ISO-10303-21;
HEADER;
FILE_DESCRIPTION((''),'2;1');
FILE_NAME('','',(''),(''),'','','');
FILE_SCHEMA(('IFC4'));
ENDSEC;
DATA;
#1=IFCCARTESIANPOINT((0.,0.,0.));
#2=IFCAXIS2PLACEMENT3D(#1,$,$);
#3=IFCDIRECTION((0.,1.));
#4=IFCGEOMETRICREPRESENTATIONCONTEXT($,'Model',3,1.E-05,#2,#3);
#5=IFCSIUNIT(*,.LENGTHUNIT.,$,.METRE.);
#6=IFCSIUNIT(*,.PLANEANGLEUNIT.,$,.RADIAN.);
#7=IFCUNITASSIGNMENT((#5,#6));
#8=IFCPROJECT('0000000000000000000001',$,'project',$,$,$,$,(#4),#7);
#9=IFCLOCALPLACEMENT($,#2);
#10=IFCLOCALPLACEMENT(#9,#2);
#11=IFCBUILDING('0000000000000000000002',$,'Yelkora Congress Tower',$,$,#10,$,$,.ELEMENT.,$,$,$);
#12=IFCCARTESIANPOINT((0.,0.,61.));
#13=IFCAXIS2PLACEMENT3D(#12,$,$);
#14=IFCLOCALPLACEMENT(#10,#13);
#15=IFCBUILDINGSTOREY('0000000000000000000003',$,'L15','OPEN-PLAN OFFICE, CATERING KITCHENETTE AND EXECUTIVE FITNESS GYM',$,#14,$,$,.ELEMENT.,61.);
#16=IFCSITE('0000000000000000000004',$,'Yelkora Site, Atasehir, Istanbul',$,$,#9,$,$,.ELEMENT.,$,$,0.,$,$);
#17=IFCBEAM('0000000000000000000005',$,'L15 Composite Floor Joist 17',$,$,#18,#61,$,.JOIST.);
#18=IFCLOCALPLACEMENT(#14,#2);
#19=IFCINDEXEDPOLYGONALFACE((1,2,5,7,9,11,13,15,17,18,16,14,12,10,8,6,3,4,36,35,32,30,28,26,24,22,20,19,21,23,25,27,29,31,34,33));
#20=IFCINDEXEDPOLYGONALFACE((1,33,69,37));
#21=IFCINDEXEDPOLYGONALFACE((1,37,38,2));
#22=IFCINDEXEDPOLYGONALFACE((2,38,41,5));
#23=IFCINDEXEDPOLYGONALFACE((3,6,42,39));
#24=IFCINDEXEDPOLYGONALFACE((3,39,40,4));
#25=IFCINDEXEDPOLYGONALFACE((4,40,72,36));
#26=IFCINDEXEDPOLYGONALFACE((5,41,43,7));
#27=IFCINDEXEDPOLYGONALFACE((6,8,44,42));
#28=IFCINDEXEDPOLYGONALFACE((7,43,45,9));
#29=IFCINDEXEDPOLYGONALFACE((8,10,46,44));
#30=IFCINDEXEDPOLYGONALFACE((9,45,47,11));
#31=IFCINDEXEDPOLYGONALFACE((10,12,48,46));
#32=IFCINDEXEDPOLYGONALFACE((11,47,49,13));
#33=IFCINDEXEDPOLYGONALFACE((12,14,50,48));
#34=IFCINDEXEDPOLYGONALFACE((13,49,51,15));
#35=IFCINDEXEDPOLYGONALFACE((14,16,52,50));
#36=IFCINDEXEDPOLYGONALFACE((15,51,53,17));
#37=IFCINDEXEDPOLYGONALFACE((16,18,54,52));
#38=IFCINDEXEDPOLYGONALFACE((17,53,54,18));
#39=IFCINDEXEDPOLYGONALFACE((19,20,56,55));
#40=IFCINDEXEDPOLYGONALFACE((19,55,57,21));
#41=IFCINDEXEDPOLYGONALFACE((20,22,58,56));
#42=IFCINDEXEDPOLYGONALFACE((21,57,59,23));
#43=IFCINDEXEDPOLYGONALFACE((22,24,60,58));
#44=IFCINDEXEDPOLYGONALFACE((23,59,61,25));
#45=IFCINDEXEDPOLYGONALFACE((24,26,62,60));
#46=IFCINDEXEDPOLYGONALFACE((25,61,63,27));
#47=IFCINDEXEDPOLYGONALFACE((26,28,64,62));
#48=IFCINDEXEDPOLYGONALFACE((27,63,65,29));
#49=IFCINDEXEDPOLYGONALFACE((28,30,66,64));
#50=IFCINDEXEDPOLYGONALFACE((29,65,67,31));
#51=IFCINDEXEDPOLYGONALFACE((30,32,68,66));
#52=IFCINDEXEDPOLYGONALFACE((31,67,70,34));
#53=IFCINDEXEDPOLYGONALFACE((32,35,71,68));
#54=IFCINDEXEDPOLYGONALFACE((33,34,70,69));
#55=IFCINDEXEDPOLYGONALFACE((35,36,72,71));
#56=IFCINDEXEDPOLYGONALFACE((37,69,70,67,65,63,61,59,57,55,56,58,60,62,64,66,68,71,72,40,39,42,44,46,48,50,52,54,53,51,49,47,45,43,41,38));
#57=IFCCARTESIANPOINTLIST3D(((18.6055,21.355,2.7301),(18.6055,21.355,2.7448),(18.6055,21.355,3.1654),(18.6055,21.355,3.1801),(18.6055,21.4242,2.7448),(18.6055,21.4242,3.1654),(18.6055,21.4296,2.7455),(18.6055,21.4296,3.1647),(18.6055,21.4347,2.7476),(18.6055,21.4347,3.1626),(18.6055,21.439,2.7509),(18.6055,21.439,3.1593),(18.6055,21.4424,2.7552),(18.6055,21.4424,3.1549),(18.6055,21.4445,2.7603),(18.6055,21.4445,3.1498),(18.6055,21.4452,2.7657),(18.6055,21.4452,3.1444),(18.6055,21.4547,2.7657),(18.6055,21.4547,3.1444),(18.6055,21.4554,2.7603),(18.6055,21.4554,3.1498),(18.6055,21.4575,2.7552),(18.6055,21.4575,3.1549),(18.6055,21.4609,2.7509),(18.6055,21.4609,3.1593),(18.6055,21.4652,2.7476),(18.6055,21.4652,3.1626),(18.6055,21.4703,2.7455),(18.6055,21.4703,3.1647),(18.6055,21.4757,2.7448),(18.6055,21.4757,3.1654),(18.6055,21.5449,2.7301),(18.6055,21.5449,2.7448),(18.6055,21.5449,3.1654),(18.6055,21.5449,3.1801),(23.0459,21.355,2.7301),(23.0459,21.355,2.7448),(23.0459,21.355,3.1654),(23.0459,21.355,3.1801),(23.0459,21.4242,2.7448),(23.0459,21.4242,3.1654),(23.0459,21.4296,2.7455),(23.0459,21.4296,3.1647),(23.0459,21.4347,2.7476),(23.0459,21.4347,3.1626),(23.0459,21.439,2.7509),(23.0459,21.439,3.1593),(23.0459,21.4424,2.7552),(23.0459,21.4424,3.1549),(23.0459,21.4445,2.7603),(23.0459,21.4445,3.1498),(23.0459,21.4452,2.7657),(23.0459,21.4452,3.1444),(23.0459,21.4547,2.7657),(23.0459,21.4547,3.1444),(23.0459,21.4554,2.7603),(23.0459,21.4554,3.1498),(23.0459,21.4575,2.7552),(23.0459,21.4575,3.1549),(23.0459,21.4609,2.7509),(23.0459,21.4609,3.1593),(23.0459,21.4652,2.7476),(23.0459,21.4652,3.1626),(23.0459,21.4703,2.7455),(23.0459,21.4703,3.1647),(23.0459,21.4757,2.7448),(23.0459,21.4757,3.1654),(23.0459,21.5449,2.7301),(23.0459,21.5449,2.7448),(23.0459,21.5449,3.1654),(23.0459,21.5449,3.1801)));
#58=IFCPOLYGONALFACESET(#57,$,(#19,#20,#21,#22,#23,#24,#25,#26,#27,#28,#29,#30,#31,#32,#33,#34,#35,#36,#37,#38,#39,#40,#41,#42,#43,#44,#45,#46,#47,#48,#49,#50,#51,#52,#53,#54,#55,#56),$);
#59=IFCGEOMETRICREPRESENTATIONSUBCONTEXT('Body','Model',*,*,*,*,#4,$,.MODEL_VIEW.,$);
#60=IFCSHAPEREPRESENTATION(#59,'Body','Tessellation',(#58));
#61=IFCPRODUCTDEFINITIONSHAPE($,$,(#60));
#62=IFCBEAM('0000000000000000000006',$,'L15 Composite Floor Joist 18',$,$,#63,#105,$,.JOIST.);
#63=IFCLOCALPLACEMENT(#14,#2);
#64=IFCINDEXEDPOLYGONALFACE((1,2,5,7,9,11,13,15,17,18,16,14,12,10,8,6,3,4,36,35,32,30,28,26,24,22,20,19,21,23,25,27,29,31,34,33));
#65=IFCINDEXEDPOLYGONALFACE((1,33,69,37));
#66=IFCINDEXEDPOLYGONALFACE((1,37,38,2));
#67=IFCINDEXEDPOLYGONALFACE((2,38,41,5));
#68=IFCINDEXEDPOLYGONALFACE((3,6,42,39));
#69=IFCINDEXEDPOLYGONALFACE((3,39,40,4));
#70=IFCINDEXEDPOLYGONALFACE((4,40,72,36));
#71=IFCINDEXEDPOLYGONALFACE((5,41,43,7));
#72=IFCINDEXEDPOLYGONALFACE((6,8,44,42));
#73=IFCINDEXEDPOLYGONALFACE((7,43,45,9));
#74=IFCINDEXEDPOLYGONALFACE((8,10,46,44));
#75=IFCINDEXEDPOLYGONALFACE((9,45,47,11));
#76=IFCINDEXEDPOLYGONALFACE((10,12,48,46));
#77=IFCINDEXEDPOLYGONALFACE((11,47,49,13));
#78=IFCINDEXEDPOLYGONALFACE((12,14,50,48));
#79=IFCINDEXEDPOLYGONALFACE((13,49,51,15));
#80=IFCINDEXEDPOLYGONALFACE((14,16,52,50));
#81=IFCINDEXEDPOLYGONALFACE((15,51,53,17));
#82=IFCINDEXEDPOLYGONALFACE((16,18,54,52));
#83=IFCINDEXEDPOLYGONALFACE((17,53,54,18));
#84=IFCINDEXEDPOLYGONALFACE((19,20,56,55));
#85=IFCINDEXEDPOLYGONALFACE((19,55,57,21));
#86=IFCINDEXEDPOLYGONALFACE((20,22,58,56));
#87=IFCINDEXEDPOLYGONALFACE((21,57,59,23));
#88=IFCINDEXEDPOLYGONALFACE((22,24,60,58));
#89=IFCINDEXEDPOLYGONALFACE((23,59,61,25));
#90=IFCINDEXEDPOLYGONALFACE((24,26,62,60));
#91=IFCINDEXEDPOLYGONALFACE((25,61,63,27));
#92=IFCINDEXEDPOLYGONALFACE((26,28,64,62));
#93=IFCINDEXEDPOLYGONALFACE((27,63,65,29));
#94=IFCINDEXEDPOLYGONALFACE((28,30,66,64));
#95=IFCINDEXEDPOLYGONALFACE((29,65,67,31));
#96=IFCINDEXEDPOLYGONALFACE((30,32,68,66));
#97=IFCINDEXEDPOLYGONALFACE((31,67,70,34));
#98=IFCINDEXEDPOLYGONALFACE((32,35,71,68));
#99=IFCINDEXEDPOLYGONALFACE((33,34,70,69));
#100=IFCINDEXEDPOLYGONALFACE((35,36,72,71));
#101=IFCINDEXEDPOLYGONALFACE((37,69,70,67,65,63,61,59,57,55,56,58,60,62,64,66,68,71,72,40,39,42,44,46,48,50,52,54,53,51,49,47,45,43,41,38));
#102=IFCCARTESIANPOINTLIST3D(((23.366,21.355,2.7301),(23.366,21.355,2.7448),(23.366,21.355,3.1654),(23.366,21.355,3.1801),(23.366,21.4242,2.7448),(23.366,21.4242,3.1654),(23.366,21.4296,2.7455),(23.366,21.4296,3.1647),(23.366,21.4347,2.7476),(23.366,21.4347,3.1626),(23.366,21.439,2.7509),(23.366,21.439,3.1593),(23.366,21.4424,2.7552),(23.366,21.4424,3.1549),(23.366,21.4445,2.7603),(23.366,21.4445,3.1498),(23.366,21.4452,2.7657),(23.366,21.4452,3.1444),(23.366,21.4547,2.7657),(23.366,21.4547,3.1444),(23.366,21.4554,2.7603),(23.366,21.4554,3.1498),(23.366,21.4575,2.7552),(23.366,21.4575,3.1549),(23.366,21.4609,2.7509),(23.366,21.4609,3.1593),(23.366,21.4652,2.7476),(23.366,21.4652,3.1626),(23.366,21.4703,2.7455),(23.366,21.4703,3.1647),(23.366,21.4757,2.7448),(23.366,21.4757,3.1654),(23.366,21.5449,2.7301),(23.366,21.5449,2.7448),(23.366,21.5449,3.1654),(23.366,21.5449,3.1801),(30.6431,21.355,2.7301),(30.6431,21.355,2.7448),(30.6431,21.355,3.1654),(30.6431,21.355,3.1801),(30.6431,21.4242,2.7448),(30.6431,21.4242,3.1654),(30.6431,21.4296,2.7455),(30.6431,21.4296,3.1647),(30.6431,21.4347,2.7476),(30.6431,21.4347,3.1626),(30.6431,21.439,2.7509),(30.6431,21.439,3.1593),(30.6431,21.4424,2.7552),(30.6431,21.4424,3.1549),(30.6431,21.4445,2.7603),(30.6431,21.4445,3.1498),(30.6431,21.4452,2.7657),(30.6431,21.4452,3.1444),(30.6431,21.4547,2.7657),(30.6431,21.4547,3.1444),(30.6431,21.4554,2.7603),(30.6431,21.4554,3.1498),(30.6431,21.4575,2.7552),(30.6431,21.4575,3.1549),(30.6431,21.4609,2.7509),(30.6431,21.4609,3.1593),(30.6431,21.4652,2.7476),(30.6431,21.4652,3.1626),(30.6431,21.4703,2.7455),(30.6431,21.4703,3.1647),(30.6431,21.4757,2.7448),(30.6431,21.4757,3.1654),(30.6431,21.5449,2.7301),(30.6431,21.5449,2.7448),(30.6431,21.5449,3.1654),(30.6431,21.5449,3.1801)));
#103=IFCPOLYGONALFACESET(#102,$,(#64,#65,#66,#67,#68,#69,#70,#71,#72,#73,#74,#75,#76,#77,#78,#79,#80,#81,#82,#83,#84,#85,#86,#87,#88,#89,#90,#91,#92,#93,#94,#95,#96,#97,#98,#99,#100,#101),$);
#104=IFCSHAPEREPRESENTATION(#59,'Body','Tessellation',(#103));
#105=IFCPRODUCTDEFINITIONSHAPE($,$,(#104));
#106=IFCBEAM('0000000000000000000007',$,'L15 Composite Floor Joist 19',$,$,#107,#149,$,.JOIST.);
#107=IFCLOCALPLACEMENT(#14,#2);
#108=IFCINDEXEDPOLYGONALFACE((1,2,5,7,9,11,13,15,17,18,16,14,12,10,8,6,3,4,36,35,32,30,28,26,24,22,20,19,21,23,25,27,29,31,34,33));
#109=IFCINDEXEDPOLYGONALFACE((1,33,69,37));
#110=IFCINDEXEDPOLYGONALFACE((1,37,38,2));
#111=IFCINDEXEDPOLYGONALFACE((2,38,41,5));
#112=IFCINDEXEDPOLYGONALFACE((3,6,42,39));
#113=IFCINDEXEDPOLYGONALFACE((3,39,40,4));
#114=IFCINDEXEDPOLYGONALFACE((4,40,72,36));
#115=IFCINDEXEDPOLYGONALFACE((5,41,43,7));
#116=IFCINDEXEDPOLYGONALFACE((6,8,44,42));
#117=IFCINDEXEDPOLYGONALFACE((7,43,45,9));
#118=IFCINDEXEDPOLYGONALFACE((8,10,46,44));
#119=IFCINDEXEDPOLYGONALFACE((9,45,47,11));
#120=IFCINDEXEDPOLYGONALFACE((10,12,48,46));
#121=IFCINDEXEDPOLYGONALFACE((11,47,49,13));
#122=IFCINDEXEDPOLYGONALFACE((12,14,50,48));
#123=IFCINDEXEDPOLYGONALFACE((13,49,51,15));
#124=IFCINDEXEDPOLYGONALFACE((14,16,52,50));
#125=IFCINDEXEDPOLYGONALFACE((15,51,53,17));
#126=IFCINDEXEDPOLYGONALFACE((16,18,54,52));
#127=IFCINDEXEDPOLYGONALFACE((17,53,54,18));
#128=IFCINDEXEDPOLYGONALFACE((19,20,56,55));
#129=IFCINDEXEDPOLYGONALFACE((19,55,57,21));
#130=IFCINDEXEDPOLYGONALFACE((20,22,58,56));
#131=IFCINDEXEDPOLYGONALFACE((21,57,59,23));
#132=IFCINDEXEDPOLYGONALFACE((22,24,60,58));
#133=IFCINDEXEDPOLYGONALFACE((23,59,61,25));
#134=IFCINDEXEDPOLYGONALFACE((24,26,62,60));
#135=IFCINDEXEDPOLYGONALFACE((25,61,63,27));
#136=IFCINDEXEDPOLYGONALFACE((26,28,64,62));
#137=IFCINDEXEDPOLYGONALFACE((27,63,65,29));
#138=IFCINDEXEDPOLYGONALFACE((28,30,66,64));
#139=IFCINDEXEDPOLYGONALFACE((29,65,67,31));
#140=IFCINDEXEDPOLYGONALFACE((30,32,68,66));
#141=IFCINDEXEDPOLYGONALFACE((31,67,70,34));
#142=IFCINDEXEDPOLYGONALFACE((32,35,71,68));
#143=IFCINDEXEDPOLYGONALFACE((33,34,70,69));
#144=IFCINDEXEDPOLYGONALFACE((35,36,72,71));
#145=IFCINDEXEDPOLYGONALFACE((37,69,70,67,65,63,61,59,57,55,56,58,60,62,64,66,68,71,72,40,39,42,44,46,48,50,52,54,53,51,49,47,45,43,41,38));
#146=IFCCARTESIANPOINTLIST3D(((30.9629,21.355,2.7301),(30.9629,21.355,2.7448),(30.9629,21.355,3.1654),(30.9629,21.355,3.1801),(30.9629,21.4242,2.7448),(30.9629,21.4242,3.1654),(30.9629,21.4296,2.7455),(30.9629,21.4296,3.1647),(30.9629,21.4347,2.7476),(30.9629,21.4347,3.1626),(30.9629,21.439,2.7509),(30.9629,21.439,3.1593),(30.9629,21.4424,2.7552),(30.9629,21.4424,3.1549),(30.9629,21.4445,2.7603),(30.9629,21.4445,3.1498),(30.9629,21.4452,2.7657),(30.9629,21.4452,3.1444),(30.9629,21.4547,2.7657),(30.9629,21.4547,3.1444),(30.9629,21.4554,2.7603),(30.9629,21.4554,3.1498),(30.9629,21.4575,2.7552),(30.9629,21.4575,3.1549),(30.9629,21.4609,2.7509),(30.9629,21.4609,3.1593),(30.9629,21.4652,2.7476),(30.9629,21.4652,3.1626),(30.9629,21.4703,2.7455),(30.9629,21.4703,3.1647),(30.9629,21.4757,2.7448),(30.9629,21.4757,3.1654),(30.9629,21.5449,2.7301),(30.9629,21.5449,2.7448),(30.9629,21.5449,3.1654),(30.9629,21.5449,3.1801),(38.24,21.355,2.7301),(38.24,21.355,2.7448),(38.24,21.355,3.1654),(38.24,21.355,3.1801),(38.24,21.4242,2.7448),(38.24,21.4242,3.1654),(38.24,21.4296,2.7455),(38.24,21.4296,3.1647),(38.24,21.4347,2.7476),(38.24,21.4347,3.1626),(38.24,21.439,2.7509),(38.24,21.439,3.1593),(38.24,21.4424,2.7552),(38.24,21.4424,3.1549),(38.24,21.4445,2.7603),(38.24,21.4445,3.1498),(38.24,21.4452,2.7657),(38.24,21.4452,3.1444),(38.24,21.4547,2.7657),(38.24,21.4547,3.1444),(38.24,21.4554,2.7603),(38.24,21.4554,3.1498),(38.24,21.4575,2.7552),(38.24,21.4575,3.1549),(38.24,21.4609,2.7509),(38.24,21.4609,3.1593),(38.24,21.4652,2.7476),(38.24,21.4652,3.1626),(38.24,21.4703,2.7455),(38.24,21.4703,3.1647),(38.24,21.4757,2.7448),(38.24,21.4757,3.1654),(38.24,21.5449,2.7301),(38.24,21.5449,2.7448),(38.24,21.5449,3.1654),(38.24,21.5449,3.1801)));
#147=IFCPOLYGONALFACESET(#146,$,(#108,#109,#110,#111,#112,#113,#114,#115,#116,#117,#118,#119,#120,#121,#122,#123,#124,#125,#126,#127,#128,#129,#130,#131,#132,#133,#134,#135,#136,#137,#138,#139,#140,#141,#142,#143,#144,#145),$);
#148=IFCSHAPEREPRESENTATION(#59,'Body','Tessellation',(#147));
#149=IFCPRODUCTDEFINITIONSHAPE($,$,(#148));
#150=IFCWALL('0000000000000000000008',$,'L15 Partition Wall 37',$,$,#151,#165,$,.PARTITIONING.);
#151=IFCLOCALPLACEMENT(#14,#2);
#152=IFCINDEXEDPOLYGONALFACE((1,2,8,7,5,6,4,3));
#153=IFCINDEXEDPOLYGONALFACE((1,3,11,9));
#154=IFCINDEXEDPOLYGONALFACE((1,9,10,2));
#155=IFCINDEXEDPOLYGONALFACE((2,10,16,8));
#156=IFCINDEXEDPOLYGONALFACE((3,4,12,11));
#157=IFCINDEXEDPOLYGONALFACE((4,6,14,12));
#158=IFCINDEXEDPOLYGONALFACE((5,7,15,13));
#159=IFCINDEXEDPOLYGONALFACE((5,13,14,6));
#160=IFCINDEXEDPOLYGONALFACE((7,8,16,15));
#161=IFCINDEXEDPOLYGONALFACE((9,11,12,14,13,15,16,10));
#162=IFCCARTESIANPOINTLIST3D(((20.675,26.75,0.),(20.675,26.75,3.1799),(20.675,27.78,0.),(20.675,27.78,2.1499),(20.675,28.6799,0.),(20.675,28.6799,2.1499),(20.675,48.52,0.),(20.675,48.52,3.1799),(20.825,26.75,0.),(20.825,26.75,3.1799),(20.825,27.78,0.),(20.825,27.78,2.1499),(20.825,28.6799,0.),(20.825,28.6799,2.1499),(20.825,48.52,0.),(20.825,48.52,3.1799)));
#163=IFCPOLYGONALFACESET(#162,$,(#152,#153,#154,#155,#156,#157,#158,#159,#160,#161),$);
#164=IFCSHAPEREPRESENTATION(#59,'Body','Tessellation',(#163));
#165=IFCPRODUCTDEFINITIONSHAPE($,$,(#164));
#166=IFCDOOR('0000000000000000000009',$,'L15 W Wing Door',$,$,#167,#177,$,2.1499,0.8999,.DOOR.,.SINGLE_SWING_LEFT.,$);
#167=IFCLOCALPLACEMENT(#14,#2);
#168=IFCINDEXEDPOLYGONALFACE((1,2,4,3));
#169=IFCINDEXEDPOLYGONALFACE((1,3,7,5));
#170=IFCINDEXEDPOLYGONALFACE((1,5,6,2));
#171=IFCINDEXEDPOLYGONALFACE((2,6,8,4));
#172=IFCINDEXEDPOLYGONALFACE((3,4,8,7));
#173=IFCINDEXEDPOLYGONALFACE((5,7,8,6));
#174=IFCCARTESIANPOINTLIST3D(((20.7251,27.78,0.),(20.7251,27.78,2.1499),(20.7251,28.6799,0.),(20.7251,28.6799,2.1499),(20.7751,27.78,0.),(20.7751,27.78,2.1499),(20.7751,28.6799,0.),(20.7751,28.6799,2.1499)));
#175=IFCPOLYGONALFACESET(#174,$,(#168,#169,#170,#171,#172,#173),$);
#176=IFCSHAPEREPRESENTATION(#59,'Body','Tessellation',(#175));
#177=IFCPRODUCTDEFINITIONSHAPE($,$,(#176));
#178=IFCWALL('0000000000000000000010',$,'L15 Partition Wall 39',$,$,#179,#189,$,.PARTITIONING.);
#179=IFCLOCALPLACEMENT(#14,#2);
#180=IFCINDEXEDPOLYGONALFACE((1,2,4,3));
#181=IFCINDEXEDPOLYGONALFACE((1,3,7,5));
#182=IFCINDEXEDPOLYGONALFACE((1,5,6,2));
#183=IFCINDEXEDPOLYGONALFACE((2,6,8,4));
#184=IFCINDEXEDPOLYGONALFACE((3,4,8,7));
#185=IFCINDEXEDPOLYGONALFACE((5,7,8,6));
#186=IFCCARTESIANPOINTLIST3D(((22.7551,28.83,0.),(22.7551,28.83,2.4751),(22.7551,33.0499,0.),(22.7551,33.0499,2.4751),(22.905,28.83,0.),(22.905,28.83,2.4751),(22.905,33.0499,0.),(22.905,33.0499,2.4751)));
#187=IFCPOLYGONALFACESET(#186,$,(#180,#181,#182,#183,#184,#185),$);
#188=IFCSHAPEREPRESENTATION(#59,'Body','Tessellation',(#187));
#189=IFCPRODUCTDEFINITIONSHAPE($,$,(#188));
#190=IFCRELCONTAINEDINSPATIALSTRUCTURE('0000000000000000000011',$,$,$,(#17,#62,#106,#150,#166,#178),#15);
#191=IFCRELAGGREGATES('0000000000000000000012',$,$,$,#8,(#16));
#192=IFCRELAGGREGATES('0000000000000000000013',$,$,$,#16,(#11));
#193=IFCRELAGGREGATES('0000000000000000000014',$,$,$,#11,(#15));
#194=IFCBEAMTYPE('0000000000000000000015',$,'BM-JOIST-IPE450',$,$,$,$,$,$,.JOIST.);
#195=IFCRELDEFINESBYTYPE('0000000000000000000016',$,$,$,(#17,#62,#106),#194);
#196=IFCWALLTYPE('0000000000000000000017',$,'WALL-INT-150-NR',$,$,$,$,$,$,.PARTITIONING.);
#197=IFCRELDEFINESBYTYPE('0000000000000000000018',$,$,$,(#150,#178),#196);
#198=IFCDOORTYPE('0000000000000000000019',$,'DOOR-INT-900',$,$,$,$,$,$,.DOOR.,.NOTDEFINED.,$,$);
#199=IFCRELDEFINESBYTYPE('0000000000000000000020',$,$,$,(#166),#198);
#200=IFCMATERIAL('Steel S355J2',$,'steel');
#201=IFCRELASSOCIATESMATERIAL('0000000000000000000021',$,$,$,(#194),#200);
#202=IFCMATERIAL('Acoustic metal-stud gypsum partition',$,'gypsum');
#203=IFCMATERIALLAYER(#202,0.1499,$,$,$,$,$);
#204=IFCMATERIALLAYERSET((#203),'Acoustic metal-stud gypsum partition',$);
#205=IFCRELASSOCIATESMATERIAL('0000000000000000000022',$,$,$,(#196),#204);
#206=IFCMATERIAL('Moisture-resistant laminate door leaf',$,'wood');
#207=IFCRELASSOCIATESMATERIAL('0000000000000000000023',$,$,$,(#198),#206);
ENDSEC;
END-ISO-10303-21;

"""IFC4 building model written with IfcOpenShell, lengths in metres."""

from ifc_helpers import new_model, si_unit, direction, frame, frame_2d, origin, origin_2d, place, context, subcontext, project, spatial, rectangle, i_section, extrude, material, layer, layer_set, material_profile, profile_set, type_object, element, fill, save


model = new_model("IFC4")

# Units and contexts
model_context = context("Model", 3, precision=1e-05, world=origin(), true_north=direction((0.0, 1.0)))
body_context = subcontext(model_context, "Body", "Model", "MODEL_VIEW")
ifc_project = project(units=[si_unit("LENGTHUNIT", "METRE"), si_unit("PLANEANGLEUNIT", "RADIAN")], contexts=[model_context])

# Site, building, storey
site_placement = place(None, origin())
site = spatial("IfcSite", under=ifc_project, at=site_placement, Name="Yelkora Site, Atasehir, Istanbul", CompositionType="ELEMENT", RefElevation=0.0)
building_placement = place(site_placement, origin())
building = spatial("IfcBuilding", under=site, at=building_placement, Name="Yelkora Congress Tower", CompositionType="ELEMENT")
storey_placement = place(building_placement, frame((0.0, 0.0, 61.0)))
storey = spatial("IfcBuildingStorey", under=building, at=storey_placement, Name="L15", Description="OPEN-PLAN OFFICE, CATERING KITCHENETTE AND EXECUTIVE FITNESS GYM", CompositionType="ELEMENT", Elevation=61.0)

# Beams
ifc_material_1 = material(Name="Steel S355J2", Category="steel")
ifc_material_profile_1 = material_profile(ifc_material_1, i_section(OverallWidth=0.1899, OverallDepth=0.45, WebThickness=0.0095, FlangeThickness=0.0146, FilletRadius=0.021, at=origin_2d()), Name="IPE 450")
ifc_profile_set_1 = profile_set([ifc_material_profile_1], Name="Steel S355J2")
beam_type_1 = type_object("IfcBeamType", Name="BM-JOIST-IPE450", PredefinedType="JOIST", material=ifc_profile_set_1)
beam_1_placement = place(storey_placement, frame((18.6055, 21.45, 2.9551), z_axis=(1.0, 0.0, 0.0), x_axis=(0.0, 1.0, 0.0)))
element("IfcBeam", 1, at=beam_1_placement, inside=storey, type_object=beam_type_1, Name="L15 Composite Floor Joist 17", PredefinedType="JOIST", context=body_context, shape_type="SweptSolid", body=[
    extrude(i_section(OverallWidth=0.1899, OverallDepth=0.45, WebThickness=0.0095, FlangeThickness=0.0146, FilletRadius=0.021, at=origin_2d()), origin(), (0.0, 0.0, 1.0), 4.4404),
])
for number, where, z_axis, x_axis, name in (
    (2, (23.366, 21.45, 2.9551), (1.0, 0.0, 0.0), (0.0, 1.0, 0.0), "L15 Composite Floor Joist 18"),
    (3, (30.9629, 21.45, 2.9551), (1.0, 0.0, 0.0), (0.0, 1.0, 0.0), "L15 Composite Floor Joist 19"),
):
    element("IfcBeam", number, at=place(storey_placement, frame(where, z_axis=z_axis, x_axis=x_axis)), inside=storey, type_object=beam_type_1, Name=name, PredefinedType="JOIST", context=body_context, shape_type="SweptSolid", body=[
        extrude(i_section(OverallWidth=0.1899, OverallDepth=0.45, WebThickness=0.0095, FlangeThickness=0.0146, FilletRadius=0.021, at=origin_2d()), origin(), (0.0, 0.0, 1.0), 7.2771),
    ])

# Wall, opening, door
ifc_material_2 = material(Name="Acoustic metal-stud gypsum partition", Category="gypsum")
ifc_layer = layer(ifc_material_2, 0.1499)
ifc_layer_set = layer_set([ifc_layer], Name="Acoustic metal-stud gypsum partition")
wall_type = type_object("IfcWallType", Name="WALL-INT-150-NR", PredefinedType="PARTITIONING", material=ifc_layer_set)
wall_1_placement = place(storey_placement, frame((20.75, 26.75, 0.0), z_axis=(0.0, 0.0, 1.0), x_axis=(0.0, 1.0, 0.0)))
wall_1 = element("IfcWall", 4, at=wall_1_placement, inside=storey, type_object=wall_type, Name="L15 Partition Wall 37", PredefinedType="PARTITIONING", context=body_context, shape_type="SweptSolid", body=[
    extrude(rectangle(XDim=21.77, YDim=0.1499, at=frame_2d((10.885, 0.0))), origin(), (0.0, 0.0, 1.0), 3.1799),
])
opening_1_placement = place(wall_1_placement, frame((1.03, 0.0, 0.0)))
opening_1 = element("IfcOpeningElement", 5, at=opening_1_placement, cuts=wall_1, PredefinedType="OPENING", context=body_context, shape_type="SweptSolid", body=[
    extrude(rectangle(XDim=0.8999, YDim=2.1499, at=frame_2d((0.45, 1.075))), frame((0.0, 0.085, 0.0), z_axis=(0.0, -1.0, 0.0), x_axis=(1.0, 0.0, 0.0)), (0.0, 0.0, 1.0), 0.1699),
])
ifc_material_3 = material(Name="Moisture-resistant laminate door leaf", Category="wood")
door_type = type_object("IfcDoorType", Name="DOOR-INT-900", OperationType="NOTDEFINED", PredefinedType="DOOR", material=ifc_material_3)
door_1_placement = place(opening_1_placement, origin())
door_1 = element("IfcDoor", 6, at=door_1_placement, inside=storey, type_object=door_type, Name="L15 W Wing Door", OperationType="SINGLE_SWING_LEFT", OverallHeight=2.1499, OverallWidth=0.8999, PredefinedType="DOOR", context=body_context, shape_type="SweptSolid", body=[
    extrude(rectangle(XDim=0.8999, YDim=2.1499, at=frame_2d((0.45, 1.075))), frame((0.0, 0.0249, 0.0), z_axis=(0.0, -1.0, 0.0), x_axis=(1.0, 0.0, 0.0)), (0.0, 0.0, 1.0), 0.05),
])
fill(opening_1, door_1)

# Wall
wall_2_placement = place(storey_placement, frame((22.8301, 28.8301, 0.0), z_axis=(0.0, 0.0, 1.0), x_axis=(0.0, 1.0, 0.0)))
element("IfcWall", 7, at=wall_2_placement, inside=storey, type_object=wall_type, Name="L15 Partition Wall 39", PredefinedType="PARTITIONING", context=body_context, shape_type="SweptSolid", body=[
    extrude(rectangle(XDim=4.22, YDim=0.1499, at=frame_2d((2.1099, 0.0))), origin(), (0.0, 0.0, 1.0), 2.4751),
])

save(model, "model.ifc")
